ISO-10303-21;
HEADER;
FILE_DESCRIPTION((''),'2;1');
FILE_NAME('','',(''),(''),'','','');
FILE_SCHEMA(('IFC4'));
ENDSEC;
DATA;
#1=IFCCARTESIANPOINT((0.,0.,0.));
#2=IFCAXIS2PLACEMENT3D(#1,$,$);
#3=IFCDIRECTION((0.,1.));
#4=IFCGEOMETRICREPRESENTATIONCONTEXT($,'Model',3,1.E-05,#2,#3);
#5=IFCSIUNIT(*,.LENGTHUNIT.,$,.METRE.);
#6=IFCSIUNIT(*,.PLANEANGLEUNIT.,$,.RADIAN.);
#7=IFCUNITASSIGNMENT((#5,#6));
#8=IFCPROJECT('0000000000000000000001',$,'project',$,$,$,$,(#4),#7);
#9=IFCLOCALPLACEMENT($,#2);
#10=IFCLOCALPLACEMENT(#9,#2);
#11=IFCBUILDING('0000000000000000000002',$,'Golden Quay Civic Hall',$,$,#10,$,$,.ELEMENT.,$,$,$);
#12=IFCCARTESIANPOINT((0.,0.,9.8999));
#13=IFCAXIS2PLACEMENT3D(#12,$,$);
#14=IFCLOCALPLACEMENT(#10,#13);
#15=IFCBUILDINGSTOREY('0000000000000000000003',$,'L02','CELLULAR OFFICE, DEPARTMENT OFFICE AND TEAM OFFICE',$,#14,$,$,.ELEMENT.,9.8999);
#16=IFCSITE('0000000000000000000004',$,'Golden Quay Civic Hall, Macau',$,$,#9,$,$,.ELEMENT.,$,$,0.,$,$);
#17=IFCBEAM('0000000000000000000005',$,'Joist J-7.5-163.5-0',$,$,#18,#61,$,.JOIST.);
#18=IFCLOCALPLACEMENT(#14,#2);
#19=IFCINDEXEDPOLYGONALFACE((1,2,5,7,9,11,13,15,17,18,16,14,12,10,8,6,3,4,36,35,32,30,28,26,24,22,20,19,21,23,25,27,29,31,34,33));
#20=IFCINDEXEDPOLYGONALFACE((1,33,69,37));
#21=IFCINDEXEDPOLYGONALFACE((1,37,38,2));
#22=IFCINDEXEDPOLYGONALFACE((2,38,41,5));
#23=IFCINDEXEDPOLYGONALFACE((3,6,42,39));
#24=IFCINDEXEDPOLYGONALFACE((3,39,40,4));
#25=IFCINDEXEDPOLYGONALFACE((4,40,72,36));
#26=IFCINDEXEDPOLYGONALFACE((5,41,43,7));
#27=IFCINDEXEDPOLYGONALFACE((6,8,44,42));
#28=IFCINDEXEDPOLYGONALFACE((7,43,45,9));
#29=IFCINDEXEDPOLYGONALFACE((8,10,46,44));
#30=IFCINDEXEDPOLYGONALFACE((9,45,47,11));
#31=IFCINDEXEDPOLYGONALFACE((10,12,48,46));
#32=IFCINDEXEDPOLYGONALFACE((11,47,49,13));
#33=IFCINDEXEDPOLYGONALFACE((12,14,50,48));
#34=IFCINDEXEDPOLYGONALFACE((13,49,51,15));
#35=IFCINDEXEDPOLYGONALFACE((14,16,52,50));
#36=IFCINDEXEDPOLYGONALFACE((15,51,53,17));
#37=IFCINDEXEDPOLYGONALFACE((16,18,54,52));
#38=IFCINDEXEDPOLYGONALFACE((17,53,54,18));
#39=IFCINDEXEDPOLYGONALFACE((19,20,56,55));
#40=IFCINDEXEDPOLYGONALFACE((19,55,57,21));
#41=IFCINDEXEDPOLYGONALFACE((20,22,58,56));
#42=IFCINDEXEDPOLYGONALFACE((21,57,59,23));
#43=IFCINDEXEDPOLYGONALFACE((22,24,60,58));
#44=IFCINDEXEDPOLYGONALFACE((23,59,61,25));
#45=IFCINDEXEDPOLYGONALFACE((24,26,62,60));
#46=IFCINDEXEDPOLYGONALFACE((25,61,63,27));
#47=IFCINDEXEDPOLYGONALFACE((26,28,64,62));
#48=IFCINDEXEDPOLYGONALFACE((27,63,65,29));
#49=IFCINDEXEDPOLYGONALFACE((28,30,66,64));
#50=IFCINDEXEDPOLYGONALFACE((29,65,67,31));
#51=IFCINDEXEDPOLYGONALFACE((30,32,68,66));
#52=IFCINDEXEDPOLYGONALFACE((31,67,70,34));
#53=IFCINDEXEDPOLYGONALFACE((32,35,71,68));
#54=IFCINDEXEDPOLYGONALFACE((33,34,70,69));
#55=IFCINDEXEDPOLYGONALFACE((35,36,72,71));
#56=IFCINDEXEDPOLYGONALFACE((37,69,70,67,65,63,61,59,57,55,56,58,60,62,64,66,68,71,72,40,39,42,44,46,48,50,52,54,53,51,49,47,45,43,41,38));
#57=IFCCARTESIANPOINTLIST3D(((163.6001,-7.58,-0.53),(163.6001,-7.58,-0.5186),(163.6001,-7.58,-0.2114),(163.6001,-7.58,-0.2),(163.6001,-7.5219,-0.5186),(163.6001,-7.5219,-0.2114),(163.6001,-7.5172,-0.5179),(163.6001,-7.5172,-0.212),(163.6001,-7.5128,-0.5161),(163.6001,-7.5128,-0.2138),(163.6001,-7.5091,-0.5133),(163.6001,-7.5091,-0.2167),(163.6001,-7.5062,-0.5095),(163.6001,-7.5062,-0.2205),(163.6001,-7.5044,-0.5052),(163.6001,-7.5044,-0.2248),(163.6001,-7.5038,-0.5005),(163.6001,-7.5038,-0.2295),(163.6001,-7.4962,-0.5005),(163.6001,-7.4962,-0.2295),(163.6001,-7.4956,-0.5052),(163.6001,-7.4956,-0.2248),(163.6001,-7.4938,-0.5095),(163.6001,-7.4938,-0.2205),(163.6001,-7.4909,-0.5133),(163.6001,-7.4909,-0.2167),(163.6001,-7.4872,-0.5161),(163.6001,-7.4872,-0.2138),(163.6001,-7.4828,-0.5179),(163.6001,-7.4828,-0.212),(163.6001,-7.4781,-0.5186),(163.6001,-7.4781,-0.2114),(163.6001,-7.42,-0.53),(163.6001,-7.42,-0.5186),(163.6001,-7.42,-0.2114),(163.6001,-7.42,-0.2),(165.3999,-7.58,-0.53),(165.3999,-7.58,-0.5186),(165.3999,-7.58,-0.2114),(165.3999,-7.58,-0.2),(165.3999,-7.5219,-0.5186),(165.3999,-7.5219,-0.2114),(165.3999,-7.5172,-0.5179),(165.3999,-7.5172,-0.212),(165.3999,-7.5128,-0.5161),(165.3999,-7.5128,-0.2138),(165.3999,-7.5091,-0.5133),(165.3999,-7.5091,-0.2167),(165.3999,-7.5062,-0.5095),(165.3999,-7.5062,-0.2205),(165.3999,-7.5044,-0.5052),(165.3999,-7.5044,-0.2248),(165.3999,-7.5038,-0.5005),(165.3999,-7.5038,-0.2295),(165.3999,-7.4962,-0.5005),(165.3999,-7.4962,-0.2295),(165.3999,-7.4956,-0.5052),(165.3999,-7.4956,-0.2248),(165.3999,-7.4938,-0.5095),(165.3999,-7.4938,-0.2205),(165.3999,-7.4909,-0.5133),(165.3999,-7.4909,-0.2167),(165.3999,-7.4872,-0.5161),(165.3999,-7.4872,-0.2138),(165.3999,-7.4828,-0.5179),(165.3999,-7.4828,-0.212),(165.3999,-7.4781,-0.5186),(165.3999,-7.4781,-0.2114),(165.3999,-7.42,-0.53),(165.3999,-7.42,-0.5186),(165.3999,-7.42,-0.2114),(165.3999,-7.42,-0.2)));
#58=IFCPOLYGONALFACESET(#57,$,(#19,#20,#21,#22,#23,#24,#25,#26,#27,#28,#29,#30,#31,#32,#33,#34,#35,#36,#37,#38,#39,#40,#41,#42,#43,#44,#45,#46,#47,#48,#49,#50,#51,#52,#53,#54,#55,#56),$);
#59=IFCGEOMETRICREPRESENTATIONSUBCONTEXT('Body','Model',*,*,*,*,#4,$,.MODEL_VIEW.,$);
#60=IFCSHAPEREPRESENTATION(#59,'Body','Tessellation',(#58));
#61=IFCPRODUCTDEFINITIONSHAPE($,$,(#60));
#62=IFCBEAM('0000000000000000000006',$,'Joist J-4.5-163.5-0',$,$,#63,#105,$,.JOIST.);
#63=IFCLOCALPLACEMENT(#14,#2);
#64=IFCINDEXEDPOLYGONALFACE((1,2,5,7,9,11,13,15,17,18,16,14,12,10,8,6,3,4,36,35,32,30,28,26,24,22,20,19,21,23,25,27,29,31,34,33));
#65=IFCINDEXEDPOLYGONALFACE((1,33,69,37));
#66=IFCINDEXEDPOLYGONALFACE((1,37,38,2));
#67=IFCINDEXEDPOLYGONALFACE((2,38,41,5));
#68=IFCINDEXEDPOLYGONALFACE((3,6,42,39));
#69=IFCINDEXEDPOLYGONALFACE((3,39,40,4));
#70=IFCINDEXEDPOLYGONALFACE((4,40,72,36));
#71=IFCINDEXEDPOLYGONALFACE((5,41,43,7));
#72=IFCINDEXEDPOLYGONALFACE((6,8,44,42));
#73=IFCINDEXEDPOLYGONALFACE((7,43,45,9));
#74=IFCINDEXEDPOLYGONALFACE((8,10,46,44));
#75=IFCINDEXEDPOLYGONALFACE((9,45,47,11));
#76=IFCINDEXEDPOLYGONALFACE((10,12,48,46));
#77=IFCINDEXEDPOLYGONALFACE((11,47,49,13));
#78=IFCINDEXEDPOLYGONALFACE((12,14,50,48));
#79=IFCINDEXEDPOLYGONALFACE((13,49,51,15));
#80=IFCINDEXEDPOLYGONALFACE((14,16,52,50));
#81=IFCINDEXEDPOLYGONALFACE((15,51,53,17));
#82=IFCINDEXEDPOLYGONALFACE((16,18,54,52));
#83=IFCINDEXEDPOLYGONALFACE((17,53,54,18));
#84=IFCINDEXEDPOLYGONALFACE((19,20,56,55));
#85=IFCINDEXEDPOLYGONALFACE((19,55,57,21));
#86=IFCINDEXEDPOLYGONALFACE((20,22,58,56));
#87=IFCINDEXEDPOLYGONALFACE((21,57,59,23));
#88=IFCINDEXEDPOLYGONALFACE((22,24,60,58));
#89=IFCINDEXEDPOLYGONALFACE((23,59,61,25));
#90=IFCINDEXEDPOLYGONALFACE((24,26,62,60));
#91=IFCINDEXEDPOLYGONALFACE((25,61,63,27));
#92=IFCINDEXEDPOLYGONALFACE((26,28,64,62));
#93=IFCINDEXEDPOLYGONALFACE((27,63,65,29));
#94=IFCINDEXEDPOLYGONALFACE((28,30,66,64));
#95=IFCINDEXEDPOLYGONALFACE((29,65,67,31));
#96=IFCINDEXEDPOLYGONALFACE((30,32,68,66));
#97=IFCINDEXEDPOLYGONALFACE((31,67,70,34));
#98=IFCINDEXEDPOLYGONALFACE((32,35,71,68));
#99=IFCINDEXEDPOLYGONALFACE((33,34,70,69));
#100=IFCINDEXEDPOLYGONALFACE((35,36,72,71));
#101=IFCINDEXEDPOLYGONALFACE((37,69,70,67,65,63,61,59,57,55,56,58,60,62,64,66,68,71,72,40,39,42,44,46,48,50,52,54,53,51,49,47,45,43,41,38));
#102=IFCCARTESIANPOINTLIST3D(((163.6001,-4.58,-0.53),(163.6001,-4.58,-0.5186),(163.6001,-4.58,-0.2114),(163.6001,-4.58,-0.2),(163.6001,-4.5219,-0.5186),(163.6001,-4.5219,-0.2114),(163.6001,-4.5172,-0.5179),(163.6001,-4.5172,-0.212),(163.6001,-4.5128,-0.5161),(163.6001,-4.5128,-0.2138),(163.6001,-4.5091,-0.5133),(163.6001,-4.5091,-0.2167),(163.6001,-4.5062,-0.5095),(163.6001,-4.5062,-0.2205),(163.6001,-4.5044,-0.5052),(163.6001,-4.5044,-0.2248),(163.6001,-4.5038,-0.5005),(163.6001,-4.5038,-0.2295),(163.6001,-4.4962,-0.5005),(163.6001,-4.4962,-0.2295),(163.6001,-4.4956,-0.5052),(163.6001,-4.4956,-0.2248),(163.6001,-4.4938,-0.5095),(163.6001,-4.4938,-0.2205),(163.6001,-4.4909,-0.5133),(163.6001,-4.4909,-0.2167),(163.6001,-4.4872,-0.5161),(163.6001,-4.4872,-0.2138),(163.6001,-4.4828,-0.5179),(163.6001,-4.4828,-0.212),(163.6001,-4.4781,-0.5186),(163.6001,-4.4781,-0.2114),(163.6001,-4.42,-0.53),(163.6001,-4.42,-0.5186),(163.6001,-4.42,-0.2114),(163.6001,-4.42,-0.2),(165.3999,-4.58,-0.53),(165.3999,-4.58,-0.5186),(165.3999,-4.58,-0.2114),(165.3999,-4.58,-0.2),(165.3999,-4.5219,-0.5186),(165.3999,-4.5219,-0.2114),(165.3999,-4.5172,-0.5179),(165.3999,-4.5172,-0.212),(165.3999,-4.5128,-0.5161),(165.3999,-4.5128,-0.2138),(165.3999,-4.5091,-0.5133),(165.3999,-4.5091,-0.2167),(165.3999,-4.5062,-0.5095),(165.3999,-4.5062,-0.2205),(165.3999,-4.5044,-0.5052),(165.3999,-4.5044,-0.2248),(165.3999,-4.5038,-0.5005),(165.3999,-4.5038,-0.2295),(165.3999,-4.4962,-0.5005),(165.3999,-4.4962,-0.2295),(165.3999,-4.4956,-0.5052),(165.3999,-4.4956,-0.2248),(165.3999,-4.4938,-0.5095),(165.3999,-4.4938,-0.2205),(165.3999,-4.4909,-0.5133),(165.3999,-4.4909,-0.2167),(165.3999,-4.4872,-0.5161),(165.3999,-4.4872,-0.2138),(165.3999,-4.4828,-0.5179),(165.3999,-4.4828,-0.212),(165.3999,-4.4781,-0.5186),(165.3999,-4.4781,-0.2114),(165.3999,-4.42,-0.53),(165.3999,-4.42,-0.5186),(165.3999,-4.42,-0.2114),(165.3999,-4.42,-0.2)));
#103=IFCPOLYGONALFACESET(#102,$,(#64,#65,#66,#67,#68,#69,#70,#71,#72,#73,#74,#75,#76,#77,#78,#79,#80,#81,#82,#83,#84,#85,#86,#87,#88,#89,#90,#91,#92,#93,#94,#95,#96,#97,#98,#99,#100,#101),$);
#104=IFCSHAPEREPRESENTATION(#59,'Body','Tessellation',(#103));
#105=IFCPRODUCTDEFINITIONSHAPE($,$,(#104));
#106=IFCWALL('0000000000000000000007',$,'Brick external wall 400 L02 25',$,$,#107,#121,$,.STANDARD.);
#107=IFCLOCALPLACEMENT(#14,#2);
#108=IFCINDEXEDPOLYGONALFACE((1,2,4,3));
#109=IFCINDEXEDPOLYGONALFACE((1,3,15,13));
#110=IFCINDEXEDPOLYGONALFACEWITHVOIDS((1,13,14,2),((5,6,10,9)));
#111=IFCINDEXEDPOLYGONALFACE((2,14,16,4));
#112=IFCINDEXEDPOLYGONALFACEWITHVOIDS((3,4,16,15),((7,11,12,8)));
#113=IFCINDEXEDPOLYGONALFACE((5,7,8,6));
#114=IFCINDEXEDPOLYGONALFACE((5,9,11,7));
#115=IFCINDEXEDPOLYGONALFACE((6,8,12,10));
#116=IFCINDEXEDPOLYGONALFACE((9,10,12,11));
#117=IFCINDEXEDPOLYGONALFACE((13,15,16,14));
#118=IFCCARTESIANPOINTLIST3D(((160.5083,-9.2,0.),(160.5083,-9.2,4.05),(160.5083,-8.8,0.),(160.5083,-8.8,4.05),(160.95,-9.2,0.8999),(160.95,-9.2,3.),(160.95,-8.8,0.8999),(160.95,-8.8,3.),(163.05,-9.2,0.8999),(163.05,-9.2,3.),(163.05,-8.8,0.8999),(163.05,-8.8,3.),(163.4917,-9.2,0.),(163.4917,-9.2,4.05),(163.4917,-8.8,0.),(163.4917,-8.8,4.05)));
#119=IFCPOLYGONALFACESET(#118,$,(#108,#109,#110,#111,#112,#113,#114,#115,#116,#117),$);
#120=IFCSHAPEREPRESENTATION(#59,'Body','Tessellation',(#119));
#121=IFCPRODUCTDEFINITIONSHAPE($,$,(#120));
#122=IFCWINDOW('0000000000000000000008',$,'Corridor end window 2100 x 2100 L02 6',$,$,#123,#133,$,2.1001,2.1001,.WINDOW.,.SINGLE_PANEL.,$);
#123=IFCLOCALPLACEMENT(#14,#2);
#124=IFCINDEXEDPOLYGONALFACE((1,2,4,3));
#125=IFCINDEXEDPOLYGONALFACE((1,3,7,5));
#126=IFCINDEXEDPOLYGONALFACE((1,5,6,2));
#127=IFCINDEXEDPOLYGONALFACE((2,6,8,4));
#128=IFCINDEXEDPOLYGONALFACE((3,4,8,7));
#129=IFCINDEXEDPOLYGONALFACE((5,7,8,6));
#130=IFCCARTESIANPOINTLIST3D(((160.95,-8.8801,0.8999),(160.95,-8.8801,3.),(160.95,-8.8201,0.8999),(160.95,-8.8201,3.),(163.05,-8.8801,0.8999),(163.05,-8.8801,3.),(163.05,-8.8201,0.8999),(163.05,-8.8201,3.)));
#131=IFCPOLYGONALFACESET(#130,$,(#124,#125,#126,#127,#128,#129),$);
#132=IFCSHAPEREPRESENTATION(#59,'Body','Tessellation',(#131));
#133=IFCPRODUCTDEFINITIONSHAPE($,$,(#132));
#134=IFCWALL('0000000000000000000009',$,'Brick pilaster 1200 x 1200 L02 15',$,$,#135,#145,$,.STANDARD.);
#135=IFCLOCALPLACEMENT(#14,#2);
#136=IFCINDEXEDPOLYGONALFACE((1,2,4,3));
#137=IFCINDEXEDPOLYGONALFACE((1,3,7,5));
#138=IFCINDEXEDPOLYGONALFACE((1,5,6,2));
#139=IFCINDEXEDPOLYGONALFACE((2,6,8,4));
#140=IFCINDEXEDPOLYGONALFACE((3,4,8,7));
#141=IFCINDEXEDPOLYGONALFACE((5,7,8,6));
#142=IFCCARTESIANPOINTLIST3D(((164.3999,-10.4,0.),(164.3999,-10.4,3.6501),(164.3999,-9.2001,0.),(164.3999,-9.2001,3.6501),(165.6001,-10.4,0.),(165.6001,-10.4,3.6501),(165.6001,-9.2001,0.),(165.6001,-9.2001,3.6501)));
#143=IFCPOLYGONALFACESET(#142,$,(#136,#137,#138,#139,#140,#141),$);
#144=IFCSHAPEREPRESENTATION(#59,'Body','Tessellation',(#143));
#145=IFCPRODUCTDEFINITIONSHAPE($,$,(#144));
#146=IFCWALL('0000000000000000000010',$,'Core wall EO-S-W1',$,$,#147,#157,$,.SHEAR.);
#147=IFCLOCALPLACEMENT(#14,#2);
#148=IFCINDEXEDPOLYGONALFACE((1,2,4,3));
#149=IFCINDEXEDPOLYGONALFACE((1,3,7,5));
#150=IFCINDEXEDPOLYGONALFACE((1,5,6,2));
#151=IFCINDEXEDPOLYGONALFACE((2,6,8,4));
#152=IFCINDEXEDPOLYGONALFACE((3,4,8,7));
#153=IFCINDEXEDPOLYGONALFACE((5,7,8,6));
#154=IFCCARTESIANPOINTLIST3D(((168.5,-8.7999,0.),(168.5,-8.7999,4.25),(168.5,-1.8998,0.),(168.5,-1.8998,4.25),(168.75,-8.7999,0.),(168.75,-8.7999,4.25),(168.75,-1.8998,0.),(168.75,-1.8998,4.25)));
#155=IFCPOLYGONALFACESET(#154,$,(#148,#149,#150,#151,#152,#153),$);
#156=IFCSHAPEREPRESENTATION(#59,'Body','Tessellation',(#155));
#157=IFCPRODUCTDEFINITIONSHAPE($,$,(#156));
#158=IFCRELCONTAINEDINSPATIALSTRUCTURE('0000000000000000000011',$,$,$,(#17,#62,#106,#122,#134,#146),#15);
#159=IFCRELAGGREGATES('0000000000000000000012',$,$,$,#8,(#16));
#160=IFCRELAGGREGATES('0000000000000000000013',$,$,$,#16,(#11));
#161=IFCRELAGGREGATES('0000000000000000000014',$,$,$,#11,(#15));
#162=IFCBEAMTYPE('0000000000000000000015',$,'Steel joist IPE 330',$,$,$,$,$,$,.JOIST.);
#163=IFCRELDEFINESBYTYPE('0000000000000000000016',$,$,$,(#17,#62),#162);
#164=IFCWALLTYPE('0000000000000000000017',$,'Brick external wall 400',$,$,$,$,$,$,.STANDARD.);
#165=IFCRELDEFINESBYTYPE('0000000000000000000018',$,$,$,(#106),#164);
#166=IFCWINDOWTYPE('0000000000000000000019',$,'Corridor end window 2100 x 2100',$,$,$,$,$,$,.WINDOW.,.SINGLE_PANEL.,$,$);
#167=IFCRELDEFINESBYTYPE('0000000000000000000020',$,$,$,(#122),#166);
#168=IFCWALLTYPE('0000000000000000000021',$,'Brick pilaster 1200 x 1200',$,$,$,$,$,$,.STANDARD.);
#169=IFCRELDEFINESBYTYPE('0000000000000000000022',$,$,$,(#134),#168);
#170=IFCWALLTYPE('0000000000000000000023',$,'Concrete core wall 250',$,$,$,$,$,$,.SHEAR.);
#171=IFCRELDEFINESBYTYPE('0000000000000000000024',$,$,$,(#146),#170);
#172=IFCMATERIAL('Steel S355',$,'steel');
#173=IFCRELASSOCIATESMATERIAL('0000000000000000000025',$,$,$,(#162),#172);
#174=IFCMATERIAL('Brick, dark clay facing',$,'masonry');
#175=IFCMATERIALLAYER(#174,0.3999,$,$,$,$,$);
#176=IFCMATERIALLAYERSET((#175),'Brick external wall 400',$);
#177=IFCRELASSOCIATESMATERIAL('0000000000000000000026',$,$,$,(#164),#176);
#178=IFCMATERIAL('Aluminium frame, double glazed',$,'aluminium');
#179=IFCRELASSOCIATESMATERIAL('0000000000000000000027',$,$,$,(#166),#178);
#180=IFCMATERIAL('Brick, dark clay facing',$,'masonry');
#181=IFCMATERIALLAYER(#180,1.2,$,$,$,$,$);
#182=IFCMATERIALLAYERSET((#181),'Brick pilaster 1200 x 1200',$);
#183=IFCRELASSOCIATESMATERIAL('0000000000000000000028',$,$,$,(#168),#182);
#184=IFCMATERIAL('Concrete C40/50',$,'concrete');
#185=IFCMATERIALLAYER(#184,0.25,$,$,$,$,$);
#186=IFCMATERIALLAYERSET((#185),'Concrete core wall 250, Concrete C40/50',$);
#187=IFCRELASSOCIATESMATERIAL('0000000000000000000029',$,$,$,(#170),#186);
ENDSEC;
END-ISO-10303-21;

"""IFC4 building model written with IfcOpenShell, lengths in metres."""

from ifc_helpers import new_model, si_unit, direction, frame, frame_2d, origin, origin_2d, place, context, subcontext, project, spatial, rectangle, i_section, extrude, material, layer, layer_set, material_profile, profile_set, type_object, element, fill, save


model = new_model("IFC4")

# Units and contexts
model_context = context("Model", 3, precision=1e-05, world=origin(), true_north=direction((0.0, 1.0)))
body_context = subcontext(model_context, "Body", "Model", "MODEL_VIEW")
ifc_project = project(units=[si_unit("LENGTHUNIT", "METRE"), si_unit("PLANEANGLEUNIT", "RADIAN")], contexts=[model_context])

# Site, building, storey
site_placement = place(None, origin())
site = spatial("IfcSite", under=ifc_project, at=site_placement, Name="Golden Quay Civic Hall, Macau", CompositionType="ELEMENT", RefElevation=0.0)
building_placement = place(site_placement, origin())
building = spatial("IfcBuilding", under=site, at=building_placement, Name="Golden Quay Civic Hall", CompositionType="ELEMENT")
storey_placement = place(building_placement, frame((0.0, 0.0, 9.8999)))
storey = spatial("IfcBuildingStorey", under=building, at=storey_placement, Name="L02", Description="CELLULAR OFFICE, DEPARTMENT OFFICE AND TEAM OFFICE", CompositionType="ELEMENT", Elevation=9.8999)

# Beams
ifc_material_1 = material(Name="Steel S355", Category="steel")
ifc_material_profile_1 = material_profile(ifc_material_1, i_section(OverallWidth=0.1599, OverallDepth=0.3301, WebThickness=0.0076, FlangeThickness=0.0115, FilletRadius=0.0181, at=origin_2d()), Name="IPE 330")
ifc_profile_set_1 = profile_set([ifc_material_profile_1], Name="Steel S355")
beam_type_1 = type_object("IfcBeamType", Name="Steel joist IPE 330", PredefinedType="JOIST", material=ifc_profile_set_1)
for number, where, z_axis, x_axis, name in (
    (1, (163.6001, -7.5, -0.365), (1.0, 0.0, 0.0), (0.0, 1.0, 0.0), "Joist J-7.5-163.5-0"),
    (2, (163.6001, -4.5, -0.365), (1.0, 0.0, 0.0), (0.0, 1.0, 0.0), "Joist J-4.5-163.5-0"),
):
    element("IfcBeam", number, at=place(storey_placement, frame(where, z_axis=z_axis, x_axis=x_axis)), inside=storey, type_object=beam_type_1, Name=name, PredefinedType="JOIST", context=body_context, shape_type="SweptSolid", body=[
        extrude(i_section(OverallWidth=0.1599, OverallDepth=0.3301, WebThickness=0.0076, FlangeThickness=0.0115, FilletRadius=0.0181, at=origin_2d()), origin(), (0.0, 0.0, 1.0), 1.7998),
    ])

# Wall, opening, window
ifc_material_2 = material(Name="Brick, dark clay facing", Category="masonry")
ifc_layer_1 = layer(ifc_material_2, 0.3999)
ifc_layer_set_1 = layer_set([ifc_layer_1], Name="Brick external wall 400")
wall_type_1 = type_object("IfcWallType", Name="Brick external wall 400", PredefinedType="STANDARD", material=ifc_layer_set_1)
wall_1_placement = place(storey_placement, frame((163.4917, -9.0, 0.0), z_axis=(0.0, 0.0, 1.0), x_axis=(-1.0, 0.0, 0.0)))
wall_1 = element("IfcWall", 3, at=wall_1_placement, inside=storey, type_object=wall_type_1, Name="Brick external wall 400 L02 25", PredefinedType="STANDARD", context=body_context, shape_type="SweptSolid", body=[
    extrude(rectangle(XDim=2.9834, YDim=0.3999, at=frame_2d((1.4917, 0.0))), origin(), (0.0, 0.0, 1.0), 4.05),
])
opening_1_placement = place(wall_1_placement, frame((0.4417, 0.0, 0.8999)))
opening_1 = element("IfcOpeningElement", 4, at=opening_1_placement, cuts=wall_1, PredefinedType="OPENING", context=body_context, shape_type="SweptSolid", body=[
    extrude(rectangle(XDim=2.1001, YDim=2.1001, at=frame_2d((1.05, 1.05))), frame((0.0, 0.21, 0.0), z_axis=(0.0, -1.0, 0.0), x_axis=(1.0, 0.0, 0.0)), (0.0, 0.0, 1.0), 0.4199),
])
ifc_material_3 = material(Name="Aluminium frame, double glazed", Category="aluminium")
window_type = type_object("IfcWindowType", Name="Corridor end window 2100 x 2100", PartitioningType="SINGLE_PANEL", PredefinedType="WINDOW", material=ifc_material_3)
window_placement = place(opening_1_placement, origin())
window = element("IfcWindow", 5, at=window_placement, inside=storey, type_object=window_type, Name="Corridor end window 2100 x 2100 L02 6", OverallHeight=2.1001, OverallWidth=2.1001, PartitioningType="SINGLE_PANEL", PredefinedType="WINDOW", context=body_context, shape_type="SweptSolid", body=[
    extrude(rectangle(XDim=2.1001, YDim=2.1001, at=frame_2d((1.05, 1.05))), frame((0.0, -0.1199, 0.0), z_axis=(0.0, -1.0, 0.0), x_axis=(1.0, 0.0, 0.0)), (0.0, 0.0, 1.0), 0.0601),
])
fill(opening_1, window)

# Walls
ifc_material_4 = material(Name="Brick, dark clay facing", Category="masonry")
ifc_layer_2 = layer(ifc_material_4, 1.2)
ifc_layer_set_2 = layer_set([ifc_layer_2], Name="Brick pilaster 1200 x 1200")
wall_type_2 = type_object("IfcWallType", Name="Brick pilaster 1200 x 1200", PredefinedType="STANDARD", material=ifc_layer_set_2)
wall_2_placement = place(storey_placement, frame((164.3999, -9.8, 0.0), z_axis=(0.0, 0.0, 1.0), x_axis=(1.0, 0.0, 0.0)))
element("IfcWall", 6, at=wall_2_placement, inside=storey, type_object=wall_type_2, Name="Brick pilaster 1200 x 1200 L02 15", PredefinedType="STANDARD", context=body_context, shape_type="SweptSolid", body=[
    extrude(rectangle(XDim=1.2002, YDim=1.2, at=frame_2d((0.6001, 0.0))), origin(), (0.0, 0.0, 1.0), 3.6501),
])
ifc_material_5 = material(Name="Concrete C40/50", Category="concrete")
ifc_layer_3 = layer(ifc_material_5, 0.25)
ifc_layer_set_3 = layer_set([ifc_layer_3], Name="Concrete core wall 250, Concrete C40/50")
wall_type_3 = type_object("IfcWallType", Name="Concrete core wall 250", PredefinedType="SHEAR", material=ifc_layer_set_3)
wall_3_placement = place(storey_placement, frame((168.625, -8.8, 0.0), z_axis=(0.0, 0.0, 1.0), x_axis=(0.0, 1.0, 0.0)))
element("IfcWall", 7, at=wall_3_placement, inside=storey, type_object=wall_type_3, Name="Core wall EO-S-W1", PredefinedType="SHEAR", context=body_context, shape_type="SweptSolid", body=[
    extrude(rectangle(XDim=6.9001, YDim=0.25, at=frame_2d((3.4502, 0.0))), origin(), (0.0, 0.0, 1.0), 4.25),
])

save(model, "model.ifc")
